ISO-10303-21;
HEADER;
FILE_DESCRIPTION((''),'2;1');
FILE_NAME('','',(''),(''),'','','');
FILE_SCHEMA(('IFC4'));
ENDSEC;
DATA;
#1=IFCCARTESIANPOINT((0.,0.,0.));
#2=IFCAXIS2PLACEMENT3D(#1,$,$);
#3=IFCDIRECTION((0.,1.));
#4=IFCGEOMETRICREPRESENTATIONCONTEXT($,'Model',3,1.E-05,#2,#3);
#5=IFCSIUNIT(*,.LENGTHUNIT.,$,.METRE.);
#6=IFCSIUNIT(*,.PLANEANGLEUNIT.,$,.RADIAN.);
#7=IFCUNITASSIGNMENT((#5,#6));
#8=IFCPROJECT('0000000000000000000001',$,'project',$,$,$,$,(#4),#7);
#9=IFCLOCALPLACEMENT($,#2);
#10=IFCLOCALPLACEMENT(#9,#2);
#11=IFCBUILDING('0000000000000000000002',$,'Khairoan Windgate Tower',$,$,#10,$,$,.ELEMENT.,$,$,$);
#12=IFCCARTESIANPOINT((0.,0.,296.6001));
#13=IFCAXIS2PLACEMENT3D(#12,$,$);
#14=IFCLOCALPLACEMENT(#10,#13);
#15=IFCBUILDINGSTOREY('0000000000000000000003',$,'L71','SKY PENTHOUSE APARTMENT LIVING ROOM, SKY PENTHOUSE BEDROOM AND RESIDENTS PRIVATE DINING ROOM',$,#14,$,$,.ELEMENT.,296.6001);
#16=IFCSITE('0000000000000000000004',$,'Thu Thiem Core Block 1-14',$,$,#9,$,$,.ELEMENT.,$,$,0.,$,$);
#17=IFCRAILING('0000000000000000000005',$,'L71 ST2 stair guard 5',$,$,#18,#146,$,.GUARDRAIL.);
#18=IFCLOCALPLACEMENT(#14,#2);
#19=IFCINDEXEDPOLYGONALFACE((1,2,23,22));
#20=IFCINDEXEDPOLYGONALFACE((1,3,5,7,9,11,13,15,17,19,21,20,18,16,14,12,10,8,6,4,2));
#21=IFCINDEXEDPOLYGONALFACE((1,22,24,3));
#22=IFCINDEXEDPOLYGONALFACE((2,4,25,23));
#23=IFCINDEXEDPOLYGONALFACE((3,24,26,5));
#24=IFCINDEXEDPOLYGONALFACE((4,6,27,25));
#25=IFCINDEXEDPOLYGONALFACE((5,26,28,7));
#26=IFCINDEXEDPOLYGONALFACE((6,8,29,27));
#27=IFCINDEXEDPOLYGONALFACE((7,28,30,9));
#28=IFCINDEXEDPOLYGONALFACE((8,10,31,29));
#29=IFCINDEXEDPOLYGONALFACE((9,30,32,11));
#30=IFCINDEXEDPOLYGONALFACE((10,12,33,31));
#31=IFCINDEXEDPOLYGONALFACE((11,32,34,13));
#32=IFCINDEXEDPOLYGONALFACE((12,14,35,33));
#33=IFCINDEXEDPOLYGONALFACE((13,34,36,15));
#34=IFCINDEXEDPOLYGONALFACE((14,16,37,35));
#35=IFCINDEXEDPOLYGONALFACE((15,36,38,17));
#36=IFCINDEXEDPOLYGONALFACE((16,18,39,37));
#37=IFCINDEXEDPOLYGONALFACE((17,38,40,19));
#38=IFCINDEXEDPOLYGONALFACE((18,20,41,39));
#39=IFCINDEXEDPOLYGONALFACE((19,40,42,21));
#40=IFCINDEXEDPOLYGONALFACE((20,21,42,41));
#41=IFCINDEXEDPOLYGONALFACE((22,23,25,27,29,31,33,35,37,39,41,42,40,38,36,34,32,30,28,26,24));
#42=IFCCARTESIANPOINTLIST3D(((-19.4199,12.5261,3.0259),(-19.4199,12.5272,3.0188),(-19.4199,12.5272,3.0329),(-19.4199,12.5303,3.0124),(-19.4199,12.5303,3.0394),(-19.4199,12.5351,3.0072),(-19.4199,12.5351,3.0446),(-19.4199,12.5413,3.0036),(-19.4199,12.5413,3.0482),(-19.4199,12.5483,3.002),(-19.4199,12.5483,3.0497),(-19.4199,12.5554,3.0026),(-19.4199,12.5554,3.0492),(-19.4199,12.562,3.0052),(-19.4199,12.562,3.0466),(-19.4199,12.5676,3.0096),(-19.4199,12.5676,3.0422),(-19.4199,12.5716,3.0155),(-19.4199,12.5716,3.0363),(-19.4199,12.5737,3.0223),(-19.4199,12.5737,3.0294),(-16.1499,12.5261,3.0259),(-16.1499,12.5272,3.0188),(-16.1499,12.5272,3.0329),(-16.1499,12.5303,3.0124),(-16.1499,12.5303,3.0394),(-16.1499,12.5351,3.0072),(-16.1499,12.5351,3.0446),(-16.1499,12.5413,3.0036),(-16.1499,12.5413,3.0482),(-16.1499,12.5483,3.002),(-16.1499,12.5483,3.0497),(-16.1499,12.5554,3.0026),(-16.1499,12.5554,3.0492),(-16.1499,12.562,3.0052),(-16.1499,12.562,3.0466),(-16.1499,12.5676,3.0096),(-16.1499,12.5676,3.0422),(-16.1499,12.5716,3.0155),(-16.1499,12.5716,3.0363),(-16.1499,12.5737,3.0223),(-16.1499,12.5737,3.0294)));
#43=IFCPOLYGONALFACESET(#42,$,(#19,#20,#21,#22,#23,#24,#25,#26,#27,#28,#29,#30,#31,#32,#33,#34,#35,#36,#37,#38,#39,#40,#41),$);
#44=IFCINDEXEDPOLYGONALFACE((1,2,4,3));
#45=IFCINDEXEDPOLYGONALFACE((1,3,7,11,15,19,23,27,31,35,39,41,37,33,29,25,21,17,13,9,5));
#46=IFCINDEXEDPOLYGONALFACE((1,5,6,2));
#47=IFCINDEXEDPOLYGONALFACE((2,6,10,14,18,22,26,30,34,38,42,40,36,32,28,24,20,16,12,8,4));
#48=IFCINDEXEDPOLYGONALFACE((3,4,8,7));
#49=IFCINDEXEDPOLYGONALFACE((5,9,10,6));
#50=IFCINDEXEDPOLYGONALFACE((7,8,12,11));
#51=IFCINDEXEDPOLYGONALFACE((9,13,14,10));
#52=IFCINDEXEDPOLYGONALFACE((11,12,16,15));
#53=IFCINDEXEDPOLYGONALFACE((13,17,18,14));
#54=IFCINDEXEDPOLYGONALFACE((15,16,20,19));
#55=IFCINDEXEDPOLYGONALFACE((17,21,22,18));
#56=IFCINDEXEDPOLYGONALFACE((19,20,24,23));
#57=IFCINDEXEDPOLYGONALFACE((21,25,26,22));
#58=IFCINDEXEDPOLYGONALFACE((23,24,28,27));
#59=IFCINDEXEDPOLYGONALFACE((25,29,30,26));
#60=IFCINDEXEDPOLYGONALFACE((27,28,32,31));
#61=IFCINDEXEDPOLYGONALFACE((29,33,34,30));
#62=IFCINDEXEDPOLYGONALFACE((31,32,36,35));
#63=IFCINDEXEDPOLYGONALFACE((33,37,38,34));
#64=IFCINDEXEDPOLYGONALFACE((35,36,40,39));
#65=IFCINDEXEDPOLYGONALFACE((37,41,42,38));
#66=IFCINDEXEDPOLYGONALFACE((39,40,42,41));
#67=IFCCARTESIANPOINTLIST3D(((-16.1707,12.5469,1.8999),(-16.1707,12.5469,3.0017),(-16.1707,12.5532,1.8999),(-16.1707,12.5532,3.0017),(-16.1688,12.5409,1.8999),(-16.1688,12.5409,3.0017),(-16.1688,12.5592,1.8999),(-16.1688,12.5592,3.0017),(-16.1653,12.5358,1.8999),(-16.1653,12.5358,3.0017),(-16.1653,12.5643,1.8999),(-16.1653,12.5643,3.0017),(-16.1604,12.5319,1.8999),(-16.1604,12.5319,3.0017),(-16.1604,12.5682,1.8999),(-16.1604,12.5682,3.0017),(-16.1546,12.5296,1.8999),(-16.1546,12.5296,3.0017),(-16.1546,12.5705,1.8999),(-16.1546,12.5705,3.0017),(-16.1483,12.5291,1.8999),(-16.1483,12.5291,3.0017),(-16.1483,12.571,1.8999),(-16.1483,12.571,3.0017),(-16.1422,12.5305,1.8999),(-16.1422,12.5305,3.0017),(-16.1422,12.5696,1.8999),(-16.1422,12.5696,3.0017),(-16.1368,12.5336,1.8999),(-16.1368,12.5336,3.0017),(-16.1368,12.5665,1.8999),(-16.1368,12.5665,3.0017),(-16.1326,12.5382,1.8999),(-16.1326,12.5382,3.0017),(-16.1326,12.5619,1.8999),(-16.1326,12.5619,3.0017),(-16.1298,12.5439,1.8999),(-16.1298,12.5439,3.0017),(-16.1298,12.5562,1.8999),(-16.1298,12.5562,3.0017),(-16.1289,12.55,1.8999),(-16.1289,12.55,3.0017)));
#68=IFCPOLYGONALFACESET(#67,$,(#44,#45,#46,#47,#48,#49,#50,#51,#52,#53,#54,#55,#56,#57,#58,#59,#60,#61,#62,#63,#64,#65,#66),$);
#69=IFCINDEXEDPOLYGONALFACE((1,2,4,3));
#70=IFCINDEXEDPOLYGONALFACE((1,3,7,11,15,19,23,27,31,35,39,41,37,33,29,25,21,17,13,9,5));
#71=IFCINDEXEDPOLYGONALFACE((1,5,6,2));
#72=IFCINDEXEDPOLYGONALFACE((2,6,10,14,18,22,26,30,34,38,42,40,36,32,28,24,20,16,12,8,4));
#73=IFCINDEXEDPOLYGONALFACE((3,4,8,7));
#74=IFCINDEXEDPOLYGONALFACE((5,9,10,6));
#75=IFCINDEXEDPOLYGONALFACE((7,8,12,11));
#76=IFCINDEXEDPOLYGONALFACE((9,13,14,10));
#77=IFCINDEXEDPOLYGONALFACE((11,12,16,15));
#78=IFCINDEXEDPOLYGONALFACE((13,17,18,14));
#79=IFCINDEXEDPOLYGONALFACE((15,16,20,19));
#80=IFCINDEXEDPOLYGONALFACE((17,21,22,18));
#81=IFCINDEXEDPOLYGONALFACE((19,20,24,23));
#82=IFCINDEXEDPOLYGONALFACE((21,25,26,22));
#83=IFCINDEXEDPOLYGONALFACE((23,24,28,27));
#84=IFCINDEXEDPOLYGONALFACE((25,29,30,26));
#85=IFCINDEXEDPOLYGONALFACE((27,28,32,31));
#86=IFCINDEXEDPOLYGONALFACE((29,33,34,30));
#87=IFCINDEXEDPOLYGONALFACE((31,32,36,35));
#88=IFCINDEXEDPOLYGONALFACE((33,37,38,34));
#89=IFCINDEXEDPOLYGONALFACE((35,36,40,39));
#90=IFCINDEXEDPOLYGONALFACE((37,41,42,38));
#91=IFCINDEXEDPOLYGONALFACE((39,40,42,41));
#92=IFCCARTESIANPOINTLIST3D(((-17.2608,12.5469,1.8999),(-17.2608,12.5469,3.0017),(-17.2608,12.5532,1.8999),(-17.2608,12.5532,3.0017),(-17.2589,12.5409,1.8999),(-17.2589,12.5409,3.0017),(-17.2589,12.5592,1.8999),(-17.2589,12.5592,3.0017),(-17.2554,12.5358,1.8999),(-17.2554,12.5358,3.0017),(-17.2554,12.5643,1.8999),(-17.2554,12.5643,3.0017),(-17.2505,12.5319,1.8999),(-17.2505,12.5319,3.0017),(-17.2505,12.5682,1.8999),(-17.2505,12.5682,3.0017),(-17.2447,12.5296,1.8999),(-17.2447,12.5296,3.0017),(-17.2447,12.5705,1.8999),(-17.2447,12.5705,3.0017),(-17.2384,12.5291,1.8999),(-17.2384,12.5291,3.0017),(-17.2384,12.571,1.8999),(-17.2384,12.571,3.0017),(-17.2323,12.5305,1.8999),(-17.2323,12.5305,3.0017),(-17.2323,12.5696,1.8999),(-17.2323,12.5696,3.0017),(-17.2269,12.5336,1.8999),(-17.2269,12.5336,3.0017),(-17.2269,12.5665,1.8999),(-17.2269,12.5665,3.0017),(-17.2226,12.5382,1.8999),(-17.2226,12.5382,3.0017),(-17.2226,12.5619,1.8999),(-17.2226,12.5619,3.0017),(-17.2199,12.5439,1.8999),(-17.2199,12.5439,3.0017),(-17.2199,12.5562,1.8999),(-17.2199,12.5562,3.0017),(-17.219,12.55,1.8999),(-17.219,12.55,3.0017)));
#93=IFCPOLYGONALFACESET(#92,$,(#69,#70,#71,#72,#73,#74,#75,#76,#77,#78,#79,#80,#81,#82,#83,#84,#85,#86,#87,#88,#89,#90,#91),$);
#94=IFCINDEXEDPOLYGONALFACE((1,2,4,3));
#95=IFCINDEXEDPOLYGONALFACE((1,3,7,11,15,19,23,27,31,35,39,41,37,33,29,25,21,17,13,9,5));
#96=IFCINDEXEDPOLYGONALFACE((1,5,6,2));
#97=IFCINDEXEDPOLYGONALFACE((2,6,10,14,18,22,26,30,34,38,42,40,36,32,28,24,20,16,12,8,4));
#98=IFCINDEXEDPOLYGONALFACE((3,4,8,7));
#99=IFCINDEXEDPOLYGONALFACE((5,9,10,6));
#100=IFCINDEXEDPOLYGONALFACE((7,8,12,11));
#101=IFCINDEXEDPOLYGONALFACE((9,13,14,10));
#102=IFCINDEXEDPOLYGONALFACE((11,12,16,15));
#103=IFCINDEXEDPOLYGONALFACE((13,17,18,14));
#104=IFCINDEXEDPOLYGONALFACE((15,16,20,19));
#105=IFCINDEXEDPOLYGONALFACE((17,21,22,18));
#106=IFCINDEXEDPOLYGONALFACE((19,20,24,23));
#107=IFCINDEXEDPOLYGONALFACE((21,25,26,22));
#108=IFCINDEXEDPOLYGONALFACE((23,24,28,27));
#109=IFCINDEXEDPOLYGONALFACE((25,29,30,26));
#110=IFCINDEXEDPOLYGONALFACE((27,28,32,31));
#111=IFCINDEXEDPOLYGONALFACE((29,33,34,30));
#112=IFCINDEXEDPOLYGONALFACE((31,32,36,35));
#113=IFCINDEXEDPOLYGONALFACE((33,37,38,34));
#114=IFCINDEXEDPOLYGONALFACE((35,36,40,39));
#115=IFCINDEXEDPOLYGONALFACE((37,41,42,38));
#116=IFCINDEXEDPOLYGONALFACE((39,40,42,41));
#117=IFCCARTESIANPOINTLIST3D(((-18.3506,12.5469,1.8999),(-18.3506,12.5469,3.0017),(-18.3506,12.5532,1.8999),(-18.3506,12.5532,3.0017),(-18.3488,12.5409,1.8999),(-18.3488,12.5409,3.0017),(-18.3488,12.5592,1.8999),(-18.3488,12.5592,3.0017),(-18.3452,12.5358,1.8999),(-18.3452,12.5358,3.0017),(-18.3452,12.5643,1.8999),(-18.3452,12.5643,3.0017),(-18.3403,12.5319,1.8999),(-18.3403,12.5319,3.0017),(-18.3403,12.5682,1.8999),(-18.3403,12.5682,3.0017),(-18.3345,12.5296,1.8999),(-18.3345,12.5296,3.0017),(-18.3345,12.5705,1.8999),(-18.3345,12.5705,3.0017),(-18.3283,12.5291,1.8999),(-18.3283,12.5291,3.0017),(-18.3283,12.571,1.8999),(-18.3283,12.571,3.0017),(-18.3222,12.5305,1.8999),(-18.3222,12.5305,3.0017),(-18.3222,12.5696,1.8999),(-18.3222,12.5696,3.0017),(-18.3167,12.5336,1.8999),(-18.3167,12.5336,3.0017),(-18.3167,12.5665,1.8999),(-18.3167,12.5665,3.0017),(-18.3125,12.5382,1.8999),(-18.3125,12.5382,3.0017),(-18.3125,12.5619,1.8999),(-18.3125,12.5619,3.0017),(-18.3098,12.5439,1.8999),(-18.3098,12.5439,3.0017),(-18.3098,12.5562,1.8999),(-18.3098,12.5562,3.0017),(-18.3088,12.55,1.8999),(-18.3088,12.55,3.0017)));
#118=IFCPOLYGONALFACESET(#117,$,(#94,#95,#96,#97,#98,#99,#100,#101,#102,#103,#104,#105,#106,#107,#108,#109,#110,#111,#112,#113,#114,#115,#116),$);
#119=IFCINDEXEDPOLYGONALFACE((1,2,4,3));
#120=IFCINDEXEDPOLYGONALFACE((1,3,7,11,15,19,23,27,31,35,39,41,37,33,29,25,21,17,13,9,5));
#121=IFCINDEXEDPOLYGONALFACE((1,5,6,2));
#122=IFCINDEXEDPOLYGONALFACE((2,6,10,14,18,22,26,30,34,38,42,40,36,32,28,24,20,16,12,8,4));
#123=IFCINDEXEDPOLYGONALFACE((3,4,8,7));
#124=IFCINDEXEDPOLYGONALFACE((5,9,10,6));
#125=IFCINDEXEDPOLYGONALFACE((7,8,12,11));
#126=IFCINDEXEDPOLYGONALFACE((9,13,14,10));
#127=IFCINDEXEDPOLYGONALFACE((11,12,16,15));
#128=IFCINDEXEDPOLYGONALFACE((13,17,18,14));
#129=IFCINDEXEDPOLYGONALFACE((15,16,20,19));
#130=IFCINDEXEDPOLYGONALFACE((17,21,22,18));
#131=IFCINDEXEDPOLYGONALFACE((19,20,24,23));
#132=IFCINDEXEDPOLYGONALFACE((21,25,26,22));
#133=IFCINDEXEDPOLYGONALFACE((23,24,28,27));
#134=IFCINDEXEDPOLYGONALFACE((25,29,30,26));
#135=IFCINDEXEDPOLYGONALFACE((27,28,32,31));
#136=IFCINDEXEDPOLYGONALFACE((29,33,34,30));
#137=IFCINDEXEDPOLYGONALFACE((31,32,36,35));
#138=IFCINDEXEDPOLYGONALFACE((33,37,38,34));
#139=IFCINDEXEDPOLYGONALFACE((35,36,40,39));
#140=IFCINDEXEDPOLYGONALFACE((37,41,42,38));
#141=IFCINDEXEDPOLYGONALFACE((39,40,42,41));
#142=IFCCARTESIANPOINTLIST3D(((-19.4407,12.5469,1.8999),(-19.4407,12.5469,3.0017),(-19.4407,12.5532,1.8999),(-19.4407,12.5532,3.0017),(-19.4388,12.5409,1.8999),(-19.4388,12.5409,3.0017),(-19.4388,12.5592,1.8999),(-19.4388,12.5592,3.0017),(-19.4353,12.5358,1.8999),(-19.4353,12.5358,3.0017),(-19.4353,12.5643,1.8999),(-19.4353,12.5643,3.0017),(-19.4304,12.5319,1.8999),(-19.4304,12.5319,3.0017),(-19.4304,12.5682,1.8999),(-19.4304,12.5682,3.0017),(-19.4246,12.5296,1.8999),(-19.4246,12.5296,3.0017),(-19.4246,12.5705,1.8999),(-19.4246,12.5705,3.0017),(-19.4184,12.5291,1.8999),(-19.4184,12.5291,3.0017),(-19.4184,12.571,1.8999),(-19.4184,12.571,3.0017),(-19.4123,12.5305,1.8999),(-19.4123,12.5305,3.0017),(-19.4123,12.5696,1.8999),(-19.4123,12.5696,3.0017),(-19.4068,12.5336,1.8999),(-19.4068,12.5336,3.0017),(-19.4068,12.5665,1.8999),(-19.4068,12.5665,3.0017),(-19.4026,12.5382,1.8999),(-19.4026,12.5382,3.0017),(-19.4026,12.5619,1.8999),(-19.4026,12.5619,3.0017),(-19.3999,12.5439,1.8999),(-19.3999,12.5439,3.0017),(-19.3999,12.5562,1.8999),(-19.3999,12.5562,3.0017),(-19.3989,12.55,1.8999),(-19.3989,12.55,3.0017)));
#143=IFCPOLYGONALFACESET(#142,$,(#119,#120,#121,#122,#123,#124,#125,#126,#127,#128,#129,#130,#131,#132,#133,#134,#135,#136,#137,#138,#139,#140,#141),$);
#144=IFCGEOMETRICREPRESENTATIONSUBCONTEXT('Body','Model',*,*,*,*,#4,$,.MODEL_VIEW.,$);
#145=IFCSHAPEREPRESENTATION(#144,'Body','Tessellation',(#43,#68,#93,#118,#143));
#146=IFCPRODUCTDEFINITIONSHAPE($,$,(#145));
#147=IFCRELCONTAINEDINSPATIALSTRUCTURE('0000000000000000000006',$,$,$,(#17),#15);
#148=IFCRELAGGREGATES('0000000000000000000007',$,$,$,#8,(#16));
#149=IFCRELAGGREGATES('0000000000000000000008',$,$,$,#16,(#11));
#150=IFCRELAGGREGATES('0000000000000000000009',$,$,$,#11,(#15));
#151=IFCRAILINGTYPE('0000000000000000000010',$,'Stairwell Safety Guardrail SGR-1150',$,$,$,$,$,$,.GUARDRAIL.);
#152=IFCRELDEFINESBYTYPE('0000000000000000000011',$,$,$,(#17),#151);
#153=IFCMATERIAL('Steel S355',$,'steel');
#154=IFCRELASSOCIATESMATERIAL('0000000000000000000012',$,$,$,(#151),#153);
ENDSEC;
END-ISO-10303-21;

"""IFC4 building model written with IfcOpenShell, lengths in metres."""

from ifc_helpers import new_model, si_unit, direction, frame, origin, origin_2d, place, context, subcontext, project, spatial, circle, extrude, material, type_object, element, save


model = new_model("IFC4")

# Units and contexts
model_context = context("Model", 3, precision=1e-05, world=origin(), true_north=direction((0.0, 1.0)))
body_context = subcontext(model_context, "Body", "Model", "MODEL_VIEW")
ifc_project = project(units=[si_unit("LENGTHUNIT", "METRE"), si_unit("PLANEANGLEUNIT", "RADIAN")], contexts=[model_context])

# Site, building, storey
site_placement = place(None, origin())
site = spatial("IfcSite", under=ifc_project, at=site_placement, Name="Thu Thiem Core Block 1-14", CompositionType="ELEMENT", RefElevation=0.0)
building_placement = place(site_placement, origin())
building = spatial("IfcBuilding", under=site, at=building_placement, Name="Khairoan Windgate Tower", CompositionType="ELEMENT")
storey_placement = place(building_placement, frame((0.0, 0.0, 296.6001)))
storey = spatial("IfcBuildingStorey", under=building, at=storey_placement, Name="L71", Description="SKY PENTHOUSE APARTMENT LIVING ROOM, SKY PENTHOUSE BEDROOM AND RESIDENTS PRIVATE DINING ROOM", CompositionType="ELEMENT", Elevation=296.6001)

# Railing
ifc_material_1 = material(Name="Steel S355", Category="steel")
railing_type = type_object("IfcRailingType", Name="Stairwell Safety Guardrail SGR-1150", PredefinedType="GUARDRAIL", material=ifc_material_1)
railing_1_placement = place(storey_placement, frame((-16.1499, 12.55, 1.8999)))
element("IfcRailing", 1, at=railing_1_placement, inside=storey, type_object=railing_type, Name="L71 ST2 stair guard 5", PredefinedType="GUARDRAIL", context=body_context, shape_type="SweptSolid", body=[
    extrude(circle(Radius=0.0239, at=origin_2d()), frame((0.0, 0.0, 1.126), z_axis=(-1.0, 0.0, 0.0), x_axis=(0.0, -1.0, 0.0)), (0.0, 0.0, 1.0), 3.27),
    extrude(circle(Radius=0.021, at=origin_2d()), origin(), (0.0, 0.0, 1.0), 1.1018),
    extrude(circle(Radius=0.021, at=origin_2d()), frame((-1.0901, 0.0, 0.0)), (0.0, 0.0, 1.0), 1.1018),
    extrude(circle(Radius=0.021, at=origin_2d()), frame((-2.1799, 0.0, 0.0)), (0.0, 0.0, 1.0), 1.1018),
    extrude(circle(Radius=0.021, at=origin_2d()), frame((-3.27, 0.0, 0.0)), (0.0, 0.0, 1.0), 1.1018),
])

save(model, "model.ifc")
